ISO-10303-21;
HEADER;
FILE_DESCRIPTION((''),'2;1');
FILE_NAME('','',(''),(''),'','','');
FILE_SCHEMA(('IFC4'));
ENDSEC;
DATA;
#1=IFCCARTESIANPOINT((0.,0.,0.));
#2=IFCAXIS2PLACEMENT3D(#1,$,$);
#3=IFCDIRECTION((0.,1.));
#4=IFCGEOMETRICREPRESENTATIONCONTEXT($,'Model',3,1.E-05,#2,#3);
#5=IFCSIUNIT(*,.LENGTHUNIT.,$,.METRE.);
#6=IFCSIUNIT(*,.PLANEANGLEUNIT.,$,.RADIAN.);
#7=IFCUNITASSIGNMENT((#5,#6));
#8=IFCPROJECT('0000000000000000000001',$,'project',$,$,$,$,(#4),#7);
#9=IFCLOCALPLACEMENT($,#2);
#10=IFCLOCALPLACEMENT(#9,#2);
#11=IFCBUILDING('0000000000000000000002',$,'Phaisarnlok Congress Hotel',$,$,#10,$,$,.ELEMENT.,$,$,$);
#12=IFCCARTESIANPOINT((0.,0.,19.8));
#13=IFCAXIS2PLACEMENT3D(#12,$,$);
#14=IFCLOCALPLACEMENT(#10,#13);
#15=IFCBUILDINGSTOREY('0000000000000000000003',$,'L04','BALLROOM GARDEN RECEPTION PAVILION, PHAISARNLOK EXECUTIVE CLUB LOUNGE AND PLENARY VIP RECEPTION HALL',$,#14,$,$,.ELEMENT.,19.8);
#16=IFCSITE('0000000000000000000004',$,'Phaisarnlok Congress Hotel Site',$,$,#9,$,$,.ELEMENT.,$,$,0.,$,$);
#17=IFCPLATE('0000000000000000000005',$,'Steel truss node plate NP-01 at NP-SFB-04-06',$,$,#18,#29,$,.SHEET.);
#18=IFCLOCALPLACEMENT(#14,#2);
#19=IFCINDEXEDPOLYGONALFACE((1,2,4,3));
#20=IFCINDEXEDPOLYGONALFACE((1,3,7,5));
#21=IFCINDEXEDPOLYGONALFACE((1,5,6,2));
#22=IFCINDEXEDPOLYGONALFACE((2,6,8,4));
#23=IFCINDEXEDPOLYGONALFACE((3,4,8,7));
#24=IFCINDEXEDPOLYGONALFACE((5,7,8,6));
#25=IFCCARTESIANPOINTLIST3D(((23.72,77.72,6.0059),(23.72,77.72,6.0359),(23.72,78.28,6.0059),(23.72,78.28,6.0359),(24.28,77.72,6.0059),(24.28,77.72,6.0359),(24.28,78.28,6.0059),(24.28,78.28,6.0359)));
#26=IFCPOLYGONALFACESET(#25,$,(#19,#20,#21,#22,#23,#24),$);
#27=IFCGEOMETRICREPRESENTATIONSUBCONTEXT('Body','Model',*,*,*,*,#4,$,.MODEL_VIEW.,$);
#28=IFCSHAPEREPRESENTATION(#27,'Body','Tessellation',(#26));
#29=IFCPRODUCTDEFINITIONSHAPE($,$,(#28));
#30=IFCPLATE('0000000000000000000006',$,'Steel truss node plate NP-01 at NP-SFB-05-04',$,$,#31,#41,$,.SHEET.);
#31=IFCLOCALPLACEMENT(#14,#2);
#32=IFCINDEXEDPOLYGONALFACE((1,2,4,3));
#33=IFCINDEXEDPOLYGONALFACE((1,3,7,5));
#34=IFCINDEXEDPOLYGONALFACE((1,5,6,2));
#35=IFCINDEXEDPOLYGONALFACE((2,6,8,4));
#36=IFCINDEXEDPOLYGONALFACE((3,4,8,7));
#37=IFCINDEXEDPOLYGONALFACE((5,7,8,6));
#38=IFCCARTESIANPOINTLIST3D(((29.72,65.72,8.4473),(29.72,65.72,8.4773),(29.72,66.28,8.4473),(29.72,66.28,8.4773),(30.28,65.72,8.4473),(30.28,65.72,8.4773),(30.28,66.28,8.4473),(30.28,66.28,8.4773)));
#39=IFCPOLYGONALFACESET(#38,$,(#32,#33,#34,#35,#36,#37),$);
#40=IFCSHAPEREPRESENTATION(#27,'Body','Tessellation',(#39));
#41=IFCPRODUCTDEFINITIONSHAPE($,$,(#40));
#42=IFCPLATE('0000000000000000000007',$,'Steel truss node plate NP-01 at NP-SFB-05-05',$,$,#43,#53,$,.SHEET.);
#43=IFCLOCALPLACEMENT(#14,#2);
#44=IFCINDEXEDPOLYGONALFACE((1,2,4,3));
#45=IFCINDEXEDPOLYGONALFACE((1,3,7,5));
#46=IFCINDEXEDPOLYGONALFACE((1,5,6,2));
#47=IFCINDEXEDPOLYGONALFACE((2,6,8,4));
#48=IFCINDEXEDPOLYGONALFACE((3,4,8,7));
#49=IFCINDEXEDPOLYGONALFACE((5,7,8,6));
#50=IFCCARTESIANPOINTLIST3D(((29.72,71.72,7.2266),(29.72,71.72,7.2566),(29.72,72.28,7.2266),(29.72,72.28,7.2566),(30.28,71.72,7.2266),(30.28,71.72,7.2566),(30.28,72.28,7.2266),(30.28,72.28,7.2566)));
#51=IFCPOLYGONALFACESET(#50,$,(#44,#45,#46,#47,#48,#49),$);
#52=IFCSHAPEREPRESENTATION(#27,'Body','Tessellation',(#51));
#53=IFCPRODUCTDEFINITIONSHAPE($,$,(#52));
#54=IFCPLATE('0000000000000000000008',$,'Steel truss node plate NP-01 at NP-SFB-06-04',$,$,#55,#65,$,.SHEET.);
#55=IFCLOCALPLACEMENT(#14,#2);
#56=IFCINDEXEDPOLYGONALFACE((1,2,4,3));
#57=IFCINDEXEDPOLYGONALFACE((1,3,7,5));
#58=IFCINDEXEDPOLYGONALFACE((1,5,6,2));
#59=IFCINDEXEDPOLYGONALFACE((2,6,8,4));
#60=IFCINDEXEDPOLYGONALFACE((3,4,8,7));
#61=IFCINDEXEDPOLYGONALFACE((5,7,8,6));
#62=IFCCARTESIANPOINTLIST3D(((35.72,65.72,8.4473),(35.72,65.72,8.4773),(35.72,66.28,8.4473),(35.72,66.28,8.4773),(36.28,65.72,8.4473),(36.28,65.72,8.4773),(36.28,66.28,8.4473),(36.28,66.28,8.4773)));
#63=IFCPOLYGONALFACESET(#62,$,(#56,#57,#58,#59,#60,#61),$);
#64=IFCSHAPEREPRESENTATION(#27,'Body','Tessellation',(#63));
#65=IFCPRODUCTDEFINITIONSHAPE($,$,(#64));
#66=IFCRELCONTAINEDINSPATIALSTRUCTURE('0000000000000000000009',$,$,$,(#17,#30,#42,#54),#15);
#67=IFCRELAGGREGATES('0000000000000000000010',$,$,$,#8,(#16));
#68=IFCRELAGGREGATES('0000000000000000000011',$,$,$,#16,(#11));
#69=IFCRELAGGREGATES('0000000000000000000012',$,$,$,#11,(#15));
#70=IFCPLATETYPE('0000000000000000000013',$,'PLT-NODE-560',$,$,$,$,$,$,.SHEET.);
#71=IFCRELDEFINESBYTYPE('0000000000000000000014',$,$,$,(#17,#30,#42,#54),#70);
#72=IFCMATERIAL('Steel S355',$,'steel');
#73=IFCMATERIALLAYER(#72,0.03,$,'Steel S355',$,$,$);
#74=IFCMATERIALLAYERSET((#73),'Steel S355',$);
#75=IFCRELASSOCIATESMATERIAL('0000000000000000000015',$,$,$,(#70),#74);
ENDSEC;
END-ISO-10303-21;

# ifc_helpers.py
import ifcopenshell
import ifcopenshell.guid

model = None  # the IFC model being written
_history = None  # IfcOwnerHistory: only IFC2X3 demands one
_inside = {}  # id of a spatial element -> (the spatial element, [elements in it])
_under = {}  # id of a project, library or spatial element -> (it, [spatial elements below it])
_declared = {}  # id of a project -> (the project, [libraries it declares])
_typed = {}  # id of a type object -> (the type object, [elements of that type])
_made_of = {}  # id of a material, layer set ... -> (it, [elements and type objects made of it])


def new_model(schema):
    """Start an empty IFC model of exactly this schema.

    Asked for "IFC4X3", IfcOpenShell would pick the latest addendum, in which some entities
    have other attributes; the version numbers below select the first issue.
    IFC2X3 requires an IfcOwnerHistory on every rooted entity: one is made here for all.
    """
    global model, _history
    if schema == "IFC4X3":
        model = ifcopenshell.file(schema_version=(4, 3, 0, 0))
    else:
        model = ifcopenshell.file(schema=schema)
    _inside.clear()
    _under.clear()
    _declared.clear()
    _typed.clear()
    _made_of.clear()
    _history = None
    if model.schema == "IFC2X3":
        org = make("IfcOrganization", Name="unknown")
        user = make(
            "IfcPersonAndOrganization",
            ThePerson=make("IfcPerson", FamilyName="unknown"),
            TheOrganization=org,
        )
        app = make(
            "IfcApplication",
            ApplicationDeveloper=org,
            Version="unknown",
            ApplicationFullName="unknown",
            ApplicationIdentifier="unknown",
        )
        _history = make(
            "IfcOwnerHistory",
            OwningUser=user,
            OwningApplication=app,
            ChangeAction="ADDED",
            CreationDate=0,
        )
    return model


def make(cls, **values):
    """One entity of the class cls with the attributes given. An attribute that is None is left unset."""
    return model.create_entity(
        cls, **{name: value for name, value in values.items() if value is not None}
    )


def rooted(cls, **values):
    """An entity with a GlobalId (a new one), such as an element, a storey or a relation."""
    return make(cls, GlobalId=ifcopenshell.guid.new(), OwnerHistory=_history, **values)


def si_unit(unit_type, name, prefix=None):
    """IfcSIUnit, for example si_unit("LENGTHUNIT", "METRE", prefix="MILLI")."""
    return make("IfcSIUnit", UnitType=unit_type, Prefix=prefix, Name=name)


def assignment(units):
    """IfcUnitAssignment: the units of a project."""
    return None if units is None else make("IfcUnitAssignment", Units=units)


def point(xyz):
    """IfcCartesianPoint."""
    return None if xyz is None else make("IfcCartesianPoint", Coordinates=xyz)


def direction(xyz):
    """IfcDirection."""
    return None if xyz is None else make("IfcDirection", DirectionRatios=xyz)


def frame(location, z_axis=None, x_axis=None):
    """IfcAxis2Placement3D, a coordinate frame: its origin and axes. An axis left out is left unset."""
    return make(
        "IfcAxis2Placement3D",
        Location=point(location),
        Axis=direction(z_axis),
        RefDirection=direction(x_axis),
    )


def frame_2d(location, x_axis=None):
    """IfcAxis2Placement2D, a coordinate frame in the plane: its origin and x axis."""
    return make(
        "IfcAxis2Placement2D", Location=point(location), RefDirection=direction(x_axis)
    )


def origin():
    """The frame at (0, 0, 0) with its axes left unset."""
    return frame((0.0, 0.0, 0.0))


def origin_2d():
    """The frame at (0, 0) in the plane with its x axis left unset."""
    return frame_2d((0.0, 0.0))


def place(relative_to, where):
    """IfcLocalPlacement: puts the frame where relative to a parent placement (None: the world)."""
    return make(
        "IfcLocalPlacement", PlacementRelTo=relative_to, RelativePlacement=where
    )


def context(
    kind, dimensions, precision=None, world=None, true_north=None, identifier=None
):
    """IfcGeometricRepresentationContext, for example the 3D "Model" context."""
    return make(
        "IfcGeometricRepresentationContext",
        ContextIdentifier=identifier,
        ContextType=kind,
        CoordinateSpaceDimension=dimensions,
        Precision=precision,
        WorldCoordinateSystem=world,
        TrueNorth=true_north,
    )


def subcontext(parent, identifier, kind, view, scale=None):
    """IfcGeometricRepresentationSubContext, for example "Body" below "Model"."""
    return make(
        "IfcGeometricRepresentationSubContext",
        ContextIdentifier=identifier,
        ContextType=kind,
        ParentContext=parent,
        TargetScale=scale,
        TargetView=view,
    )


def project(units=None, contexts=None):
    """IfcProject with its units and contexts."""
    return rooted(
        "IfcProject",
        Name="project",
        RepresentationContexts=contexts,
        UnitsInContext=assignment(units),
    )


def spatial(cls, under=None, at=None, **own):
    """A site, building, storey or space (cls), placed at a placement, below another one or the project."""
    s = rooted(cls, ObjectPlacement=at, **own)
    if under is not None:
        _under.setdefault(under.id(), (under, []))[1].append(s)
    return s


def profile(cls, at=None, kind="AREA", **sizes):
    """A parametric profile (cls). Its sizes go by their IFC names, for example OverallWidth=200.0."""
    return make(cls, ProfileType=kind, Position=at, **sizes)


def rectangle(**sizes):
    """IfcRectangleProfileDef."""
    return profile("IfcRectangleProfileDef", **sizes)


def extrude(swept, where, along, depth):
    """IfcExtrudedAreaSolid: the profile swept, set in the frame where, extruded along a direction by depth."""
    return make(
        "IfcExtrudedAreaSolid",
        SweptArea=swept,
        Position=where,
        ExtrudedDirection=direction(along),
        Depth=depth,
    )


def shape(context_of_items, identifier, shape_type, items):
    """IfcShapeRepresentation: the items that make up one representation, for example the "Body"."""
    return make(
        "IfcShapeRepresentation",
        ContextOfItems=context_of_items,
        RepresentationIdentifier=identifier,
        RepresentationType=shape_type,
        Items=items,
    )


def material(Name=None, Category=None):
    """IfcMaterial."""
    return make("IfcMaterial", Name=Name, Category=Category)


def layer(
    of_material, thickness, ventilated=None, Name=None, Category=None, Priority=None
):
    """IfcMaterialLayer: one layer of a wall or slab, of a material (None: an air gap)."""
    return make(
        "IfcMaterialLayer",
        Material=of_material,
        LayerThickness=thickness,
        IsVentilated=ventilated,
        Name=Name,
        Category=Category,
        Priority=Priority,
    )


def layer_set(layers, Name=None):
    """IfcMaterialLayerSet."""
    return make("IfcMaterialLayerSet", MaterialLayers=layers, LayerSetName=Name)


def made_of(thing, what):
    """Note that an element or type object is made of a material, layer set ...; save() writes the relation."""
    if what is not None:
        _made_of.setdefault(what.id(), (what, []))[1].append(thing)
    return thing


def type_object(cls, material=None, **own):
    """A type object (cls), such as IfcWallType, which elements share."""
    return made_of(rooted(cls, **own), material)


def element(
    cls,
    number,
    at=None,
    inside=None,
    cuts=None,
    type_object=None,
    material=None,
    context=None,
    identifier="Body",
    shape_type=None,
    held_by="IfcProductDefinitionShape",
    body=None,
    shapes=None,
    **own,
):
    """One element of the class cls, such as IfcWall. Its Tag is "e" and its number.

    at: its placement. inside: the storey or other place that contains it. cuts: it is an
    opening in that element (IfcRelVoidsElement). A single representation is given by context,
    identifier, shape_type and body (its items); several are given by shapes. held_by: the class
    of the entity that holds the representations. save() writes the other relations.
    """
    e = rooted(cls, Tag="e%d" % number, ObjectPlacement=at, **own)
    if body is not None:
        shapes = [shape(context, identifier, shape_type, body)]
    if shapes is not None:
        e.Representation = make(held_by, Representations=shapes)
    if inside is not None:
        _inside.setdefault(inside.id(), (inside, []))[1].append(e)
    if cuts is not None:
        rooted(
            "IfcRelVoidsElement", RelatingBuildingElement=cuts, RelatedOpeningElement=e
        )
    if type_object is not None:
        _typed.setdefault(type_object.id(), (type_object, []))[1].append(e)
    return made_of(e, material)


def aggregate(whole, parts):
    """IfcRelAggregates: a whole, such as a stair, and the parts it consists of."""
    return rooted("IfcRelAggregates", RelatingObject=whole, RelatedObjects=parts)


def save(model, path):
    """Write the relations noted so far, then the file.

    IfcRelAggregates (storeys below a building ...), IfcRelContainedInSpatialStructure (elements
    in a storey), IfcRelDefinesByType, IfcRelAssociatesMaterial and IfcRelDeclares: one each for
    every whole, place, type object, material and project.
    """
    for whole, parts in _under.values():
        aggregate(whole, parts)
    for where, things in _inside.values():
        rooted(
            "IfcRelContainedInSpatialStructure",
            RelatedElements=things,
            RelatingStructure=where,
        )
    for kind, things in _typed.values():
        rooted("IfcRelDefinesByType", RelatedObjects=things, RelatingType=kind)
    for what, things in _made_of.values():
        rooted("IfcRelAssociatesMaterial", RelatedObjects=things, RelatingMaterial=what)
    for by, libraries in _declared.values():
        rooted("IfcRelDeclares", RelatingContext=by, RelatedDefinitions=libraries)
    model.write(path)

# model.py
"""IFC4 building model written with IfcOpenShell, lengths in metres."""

from ifc_helpers import new_model, si_unit, direction, frame, origin, origin_2d, place, context, subcontext, project, spatial, rectangle, extrude, material, layer, layer_set, type_object, element, save


model = new_model("IFC4")

# Units and contexts
model_context = context("Model", 3, precision=1e-05, world=origin(), true_north=direction((0.0, 1.0)))
body_context = subcontext(model_context, "Body", "Model", "MODEL_VIEW")
ifc_project = project(units=[si_unit("LENGTHUNIT", "METRE"), si_unit("PLANEANGLEUNIT", "RADIAN")], contexts=[model_context])

# Site, building, storey
site_placement = place(None, origin())
site = spatial("IfcSite", under=ifc_project, at=site_placement, Name="Phaisarnlok Congress Hotel Site", CompositionType="ELEMENT", RefElevation=0.0)
building_placement = place(site_placement, origin())
building = spatial("IfcBuilding", under=site, at=building_placement, Name="Phaisarnlok Congress Hotel", CompositionType="ELEMENT")
storey_placement = place(building_placement, frame((0.0, 0.0, 19.8)))
storey = spatial("IfcBuildingStorey", under=building, at=storey_placement, Name="L04", Description="BALLROOM GARDEN RECEPTION PAVILION, PHAISARNLOK EXECUTIVE CLUB LOUNGE AND PLENARY VIP RECEPTION HALL", CompositionType="ELEMENT", Elevation=19.8)

# Shared definitions
ifc_material = material(Name="Steel S355", Category="steel")

# Plates
ifc_layer_1 = layer(ifc_material, 0.03, Name="Steel S355")
ifc_layer_set_1 = layer_set([ifc_layer_1], Name="Steel S355")
plate_type_1 = type_object("IfcPlateType", Name="PLT-NODE-560", PredefinedType="SHEET", material=ifc_layer_set_1)
for number, where, z_axis, x_axis, name in (
    (1, (24.0, 78.0, 6.0059), (0.0, 0.0, 1.0), (1.0, 0.0, 0.0), "Steel truss node plate NP-01 at NP-SFB-04-06"),
    (2, (30.0, 66.0, 8.4473), (0.0, 0.0, 1.0), (1.0, 0.0, 0.0), "Steel truss node plate NP-01 at NP-SFB-05-04"),
    (3, (30.0, 72.0, 7.2266), (0.0, 0.0, 1.0), (1.0, 0.0, 0.0), "Steel truss node plate NP-01 at NP-SFB-05-05"),
    (4, (36.0, 66.0, 8.4473), (0.0, 0.0, 1.0), (1.0, 0.0, 0.0), "Steel truss node plate NP-01 at NP-SFB-06-04"),
):
    element("IfcPlate", number, at=place(storey_placement, frame(where, z_axis=z_axis, x_axis=x_axis)), inside=storey, type_object=plate_type_1, Name=name, PredefinedType="SHEET", context=body_context, shape_type="SweptSolid", body=[
        extrude(rectangle(XDim=0.5601, YDim=0.5601, at=origin_2d()), origin(), (0.0, 0.0, 1.0), 0.03),
    ])

save(model, "model.ifc")
